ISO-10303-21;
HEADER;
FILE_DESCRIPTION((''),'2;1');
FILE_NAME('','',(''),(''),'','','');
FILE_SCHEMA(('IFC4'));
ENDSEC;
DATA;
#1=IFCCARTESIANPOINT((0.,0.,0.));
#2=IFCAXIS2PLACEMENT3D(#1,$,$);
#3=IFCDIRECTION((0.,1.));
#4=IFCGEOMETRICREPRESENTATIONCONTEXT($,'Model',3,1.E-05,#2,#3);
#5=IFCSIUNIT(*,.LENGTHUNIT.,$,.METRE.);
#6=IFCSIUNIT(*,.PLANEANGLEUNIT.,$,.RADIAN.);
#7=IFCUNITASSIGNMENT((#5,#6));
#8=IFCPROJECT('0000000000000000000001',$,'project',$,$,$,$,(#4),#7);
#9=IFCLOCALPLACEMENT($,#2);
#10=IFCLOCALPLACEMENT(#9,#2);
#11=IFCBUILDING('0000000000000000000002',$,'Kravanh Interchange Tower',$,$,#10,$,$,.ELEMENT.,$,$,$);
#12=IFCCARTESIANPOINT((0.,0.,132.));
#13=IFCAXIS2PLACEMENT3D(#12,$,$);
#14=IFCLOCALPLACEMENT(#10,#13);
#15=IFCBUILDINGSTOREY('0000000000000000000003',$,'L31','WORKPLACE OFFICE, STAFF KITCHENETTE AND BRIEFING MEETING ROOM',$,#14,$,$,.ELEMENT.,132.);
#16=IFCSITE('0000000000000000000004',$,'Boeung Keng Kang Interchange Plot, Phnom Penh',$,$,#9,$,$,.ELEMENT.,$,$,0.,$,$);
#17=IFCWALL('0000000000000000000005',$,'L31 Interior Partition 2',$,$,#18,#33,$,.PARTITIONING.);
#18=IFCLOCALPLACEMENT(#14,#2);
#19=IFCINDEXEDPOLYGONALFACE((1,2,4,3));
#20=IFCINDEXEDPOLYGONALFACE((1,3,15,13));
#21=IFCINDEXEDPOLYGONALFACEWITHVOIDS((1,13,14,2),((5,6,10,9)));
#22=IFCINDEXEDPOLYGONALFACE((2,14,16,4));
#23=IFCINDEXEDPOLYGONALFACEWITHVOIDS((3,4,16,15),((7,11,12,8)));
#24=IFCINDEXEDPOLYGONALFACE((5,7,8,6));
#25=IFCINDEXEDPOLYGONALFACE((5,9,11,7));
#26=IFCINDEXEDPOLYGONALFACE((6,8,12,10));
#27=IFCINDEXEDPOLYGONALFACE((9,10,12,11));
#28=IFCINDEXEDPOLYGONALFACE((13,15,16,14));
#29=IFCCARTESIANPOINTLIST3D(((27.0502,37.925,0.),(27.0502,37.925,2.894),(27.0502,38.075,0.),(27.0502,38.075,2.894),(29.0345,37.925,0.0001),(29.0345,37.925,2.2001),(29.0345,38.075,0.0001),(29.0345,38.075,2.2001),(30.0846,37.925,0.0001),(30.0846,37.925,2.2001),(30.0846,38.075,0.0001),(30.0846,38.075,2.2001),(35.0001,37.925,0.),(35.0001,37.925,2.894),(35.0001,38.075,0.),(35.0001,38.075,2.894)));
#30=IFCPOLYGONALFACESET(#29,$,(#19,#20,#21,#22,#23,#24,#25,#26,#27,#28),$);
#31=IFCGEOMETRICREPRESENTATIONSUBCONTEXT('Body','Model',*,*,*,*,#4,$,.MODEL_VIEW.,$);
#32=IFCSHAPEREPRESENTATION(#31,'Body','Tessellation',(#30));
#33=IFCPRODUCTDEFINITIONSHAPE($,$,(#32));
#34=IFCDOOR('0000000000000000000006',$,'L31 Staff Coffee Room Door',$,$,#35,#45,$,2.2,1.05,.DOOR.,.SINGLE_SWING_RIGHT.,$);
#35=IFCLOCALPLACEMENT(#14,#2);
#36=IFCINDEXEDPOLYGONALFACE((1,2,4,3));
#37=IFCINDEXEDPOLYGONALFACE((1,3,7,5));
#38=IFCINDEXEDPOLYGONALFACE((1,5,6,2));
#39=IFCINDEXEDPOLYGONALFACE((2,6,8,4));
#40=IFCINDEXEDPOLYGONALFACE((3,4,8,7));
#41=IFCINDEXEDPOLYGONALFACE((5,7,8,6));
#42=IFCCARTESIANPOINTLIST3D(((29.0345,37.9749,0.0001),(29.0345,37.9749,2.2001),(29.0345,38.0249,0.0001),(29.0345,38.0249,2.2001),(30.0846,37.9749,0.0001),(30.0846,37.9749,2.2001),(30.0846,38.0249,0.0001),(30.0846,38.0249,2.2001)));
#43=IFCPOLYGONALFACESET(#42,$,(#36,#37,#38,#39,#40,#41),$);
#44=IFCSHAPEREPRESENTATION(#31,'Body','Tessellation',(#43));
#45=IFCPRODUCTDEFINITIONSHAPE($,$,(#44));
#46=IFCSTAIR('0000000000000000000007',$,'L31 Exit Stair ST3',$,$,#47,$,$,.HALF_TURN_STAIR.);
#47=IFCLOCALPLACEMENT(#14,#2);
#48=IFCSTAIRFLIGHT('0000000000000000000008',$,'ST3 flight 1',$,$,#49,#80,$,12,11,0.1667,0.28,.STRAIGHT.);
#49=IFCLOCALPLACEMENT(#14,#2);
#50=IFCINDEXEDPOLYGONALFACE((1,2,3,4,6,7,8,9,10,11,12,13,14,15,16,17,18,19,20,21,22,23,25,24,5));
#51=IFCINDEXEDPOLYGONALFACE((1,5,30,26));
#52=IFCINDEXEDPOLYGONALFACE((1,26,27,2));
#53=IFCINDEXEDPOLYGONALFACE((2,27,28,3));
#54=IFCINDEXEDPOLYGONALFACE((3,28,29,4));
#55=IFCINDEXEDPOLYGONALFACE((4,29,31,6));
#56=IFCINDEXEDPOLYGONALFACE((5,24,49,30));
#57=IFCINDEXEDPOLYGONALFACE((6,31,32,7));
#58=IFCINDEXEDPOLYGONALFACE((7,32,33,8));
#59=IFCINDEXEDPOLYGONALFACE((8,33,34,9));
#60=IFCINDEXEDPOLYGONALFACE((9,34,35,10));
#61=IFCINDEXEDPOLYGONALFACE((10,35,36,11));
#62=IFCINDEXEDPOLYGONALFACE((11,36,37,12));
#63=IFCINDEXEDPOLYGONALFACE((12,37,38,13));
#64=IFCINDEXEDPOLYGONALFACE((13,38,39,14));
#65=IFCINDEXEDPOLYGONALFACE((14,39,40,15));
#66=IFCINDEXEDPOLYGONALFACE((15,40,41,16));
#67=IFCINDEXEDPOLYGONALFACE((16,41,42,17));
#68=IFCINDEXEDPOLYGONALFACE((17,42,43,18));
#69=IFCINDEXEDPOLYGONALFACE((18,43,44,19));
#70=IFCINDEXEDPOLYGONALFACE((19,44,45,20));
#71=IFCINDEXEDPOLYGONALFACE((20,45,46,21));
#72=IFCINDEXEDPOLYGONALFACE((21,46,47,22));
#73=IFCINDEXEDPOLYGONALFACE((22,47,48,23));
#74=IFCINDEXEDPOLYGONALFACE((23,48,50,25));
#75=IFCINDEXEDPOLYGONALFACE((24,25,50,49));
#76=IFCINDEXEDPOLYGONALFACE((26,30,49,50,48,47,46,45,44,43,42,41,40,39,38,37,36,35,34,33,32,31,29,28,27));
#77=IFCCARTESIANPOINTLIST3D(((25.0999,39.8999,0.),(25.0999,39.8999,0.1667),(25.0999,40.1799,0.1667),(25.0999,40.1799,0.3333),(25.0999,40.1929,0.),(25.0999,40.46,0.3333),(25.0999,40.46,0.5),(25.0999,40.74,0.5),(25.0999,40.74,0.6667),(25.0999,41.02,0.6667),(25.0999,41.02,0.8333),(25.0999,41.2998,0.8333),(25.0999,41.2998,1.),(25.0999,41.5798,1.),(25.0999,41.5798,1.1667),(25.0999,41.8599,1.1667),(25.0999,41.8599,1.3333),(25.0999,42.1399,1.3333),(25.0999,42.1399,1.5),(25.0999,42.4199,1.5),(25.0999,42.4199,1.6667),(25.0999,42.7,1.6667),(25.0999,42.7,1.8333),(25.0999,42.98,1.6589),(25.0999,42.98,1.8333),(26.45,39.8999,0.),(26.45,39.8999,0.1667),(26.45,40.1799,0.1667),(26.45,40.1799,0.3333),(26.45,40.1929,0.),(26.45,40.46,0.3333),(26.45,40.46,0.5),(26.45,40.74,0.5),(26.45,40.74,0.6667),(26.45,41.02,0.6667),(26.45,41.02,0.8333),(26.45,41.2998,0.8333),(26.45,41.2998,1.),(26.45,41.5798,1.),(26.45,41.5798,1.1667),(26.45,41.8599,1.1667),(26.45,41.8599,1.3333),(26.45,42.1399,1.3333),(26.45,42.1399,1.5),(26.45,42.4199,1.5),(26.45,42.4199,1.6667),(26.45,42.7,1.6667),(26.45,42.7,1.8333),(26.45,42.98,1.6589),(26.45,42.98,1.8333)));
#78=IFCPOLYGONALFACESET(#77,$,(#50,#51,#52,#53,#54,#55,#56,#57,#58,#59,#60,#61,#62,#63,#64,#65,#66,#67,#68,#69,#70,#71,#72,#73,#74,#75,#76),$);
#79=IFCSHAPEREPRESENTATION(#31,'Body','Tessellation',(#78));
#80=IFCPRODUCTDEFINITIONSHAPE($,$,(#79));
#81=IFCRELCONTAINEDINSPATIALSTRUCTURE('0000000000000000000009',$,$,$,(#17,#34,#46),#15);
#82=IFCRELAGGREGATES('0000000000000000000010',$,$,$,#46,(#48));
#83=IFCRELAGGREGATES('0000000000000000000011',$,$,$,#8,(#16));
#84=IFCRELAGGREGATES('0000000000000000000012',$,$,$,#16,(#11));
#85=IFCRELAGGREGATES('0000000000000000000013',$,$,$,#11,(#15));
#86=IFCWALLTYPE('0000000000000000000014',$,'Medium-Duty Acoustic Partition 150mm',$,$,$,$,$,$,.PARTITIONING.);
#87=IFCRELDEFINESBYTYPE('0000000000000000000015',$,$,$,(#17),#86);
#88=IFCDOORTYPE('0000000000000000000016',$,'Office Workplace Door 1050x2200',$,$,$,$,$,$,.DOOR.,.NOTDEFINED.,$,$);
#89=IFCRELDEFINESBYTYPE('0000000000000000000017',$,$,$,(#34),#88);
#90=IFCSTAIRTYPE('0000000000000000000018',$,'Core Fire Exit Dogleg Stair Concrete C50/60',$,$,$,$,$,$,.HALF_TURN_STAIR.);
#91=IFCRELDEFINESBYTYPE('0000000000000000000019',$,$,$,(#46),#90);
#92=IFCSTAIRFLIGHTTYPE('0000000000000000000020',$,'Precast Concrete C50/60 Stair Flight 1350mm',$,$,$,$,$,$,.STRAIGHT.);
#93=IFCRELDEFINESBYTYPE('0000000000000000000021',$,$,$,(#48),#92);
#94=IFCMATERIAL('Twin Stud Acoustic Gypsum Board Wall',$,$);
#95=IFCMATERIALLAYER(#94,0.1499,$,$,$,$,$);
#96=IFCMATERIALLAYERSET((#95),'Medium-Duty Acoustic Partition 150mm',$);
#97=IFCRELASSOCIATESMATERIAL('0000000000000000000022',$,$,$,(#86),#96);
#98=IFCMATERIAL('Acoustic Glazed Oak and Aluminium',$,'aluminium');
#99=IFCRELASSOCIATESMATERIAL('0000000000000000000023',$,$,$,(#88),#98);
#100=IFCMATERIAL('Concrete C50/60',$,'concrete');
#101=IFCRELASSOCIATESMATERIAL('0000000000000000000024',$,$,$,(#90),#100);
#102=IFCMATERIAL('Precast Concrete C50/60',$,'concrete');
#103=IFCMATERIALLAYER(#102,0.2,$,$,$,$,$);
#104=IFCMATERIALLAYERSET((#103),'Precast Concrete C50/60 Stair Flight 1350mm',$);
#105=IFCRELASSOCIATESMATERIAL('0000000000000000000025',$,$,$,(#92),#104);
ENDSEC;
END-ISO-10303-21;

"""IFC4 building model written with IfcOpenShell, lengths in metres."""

from ifc_helpers import new_model, si_unit, direction, frame, frame_2d, origin, place, context, subcontext, project, spatial, polyline, rectangle, outline, extrude, material, layer, layer_set, type_object, element, fill, aggregate, save


model = new_model("IFC4")

# Units and contexts
model_context = context("Model", 3, precision=1e-05, world=origin(), true_north=direction((0.0, 1.0)))
body_context = subcontext(model_context, "Body", "Model", "MODEL_VIEW")
ifc_project = project(units=[si_unit("LENGTHUNIT", "METRE"), si_unit("PLANEANGLEUNIT", "RADIAN")], contexts=[model_context])

# Site, building, storey
site_placement = place(None, origin())
site = spatial("IfcSite", under=ifc_project, at=site_placement, Name="Boeung Keng Kang Interchange Plot, Phnom Penh", CompositionType="ELEMENT", RefElevation=0.0)
building_placement = place(site_placement, origin())
building = spatial("IfcBuilding", under=site, at=building_placement, Name="Kravanh Interchange Tower", CompositionType="ELEMENT")
storey_placement = place(building_placement, frame((0.0, 0.0, 132.0)))
storey = spatial("IfcBuildingStorey", under=building, at=storey_placement, Name="L31", Description="WORKPLACE OFFICE, STAFF KITCHENETTE AND BRIEFING MEETING ROOM", CompositionType="ELEMENT", Elevation=132.0)

# Wall, opening, door
ifc_material_1 = material(Name="Twin Stud Acoustic Gypsum Board Wall")
ifc_layer_1 = layer(ifc_material_1, 0.1499)
ifc_layer_set_1 = layer_set([ifc_layer_1], Name="Medium-Duty Acoustic Partition 150mm")
wall_type_1 = type_object("IfcWallType", Name="Medium-Duty Acoustic Partition 150mm", PredefinedType="PARTITIONING", material=ifc_layer_set_1)
wall_1_placement = place(storey_placement, frame((27.05, 38.0, 0.0), z_axis=(0.0, 0.0, 1.0), x_axis=(1.0, 0.0, 0.0)))
wall_1 = element("IfcWall", 1, at=wall_1_placement, inside=storey, type_object=wall_type_1, Name="L31 Interior Partition 2", PredefinedType="PARTITIONING", context=body_context, shape_type="SweptSolid", body=[
    extrude(rectangle(XDim=7.95, YDim=0.1499, at=frame_2d((3.9751, 0.0))), origin(), (0.0, 0.0, 1.0), 2.894),
])
opening_1_placement = place(wall_1_placement, frame((1.9846, 0.0, 0.0)))
opening_1 = element("IfcOpeningElement", 2, at=opening_1_placement, cuts=wall_1, PredefinedType="OPENING", context=body_context, shape_type="SweptSolid", body=[
    extrude(rectangle(XDim=1.05, YDim=2.2, at=frame_2d((0.5249, 1.1001))), frame((0.0, 0.085, 0.0), z_axis=(0.0, -1.0, 0.0), x_axis=(1.0, 0.0, 0.0)), (0.0, 0.0, 1.0), 0.1699),
])
ifc_material_2 = material(Name="Acoustic Glazed Oak and Aluminium", Category="aluminium")
door_type_1 = type_object("IfcDoorType", Name="Office Workplace Door 1050x2200", OperationType="NOTDEFINED", PredefinedType="DOOR", material=ifc_material_2)
door_1_placement = place(opening_1_placement, origin())
door_1 = element("IfcDoor", 3, at=door_1_placement, inside=storey, type_object=door_type_1, Name="L31 Staff Coffee Room Door", OperationType="SINGLE_SWING_RIGHT", OverallHeight=2.2, OverallWidth=1.05, PredefinedType="DOOR", context=body_context, shape_type="SweptSolid", body=[
    extrude(rectangle(XDim=1.05, YDim=2.2, at=frame_2d((0.5249, 1.1001))), frame((0.0, 0.0249, 0.0), z_axis=(0.0, -1.0, 0.0), x_axis=(1.0, 0.0, 0.0)), (0.0, 0.0, 1.0), 0.05),
])
fill(opening_1, door_1)

# Stair, stair flight
ifc_material_3 = material(Name="Concrete C50/60", Category="concrete")
stair_type = type_object("IfcStairType", Name="Core Fire Exit Dogleg Stair Concrete C50/60", PredefinedType="HALF_TURN_STAIR", material=ifc_material_3)
stair_placement = place(storey_placement, origin())
stair = element("IfcStair", 4, at=stair_placement, inside=storey, type_object=stair_type, Name="L31 Exit Stair ST3", PredefinedType="HALF_TURN_STAIR")
ifc_material_4 = material(Name="Precast Concrete C50/60", Category="concrete")
ifc_layer_2 = layer(ifc_material_4, 0.2)
ifc_layer_set_2 = layer_set([ifc_layer_2], Name="Precast Concrete C50/60 Stair Flight 1350mm")
stair_flight_type = type_object("IfcStairFlightType", Name="Precast Concrete C50/60 Stair Flight 1350mm", PredefinedType="STRAIGHT", material=ifc_layer_set_2)
stair_flight_placement = place(storey_placement, frame((25.7749, 39.8999, 0.0), z_axis=(0.0, 0.0, 1.0), x_axis=(0.0, 1.0, 0.0)))
stair_flight = element("IfcStairFlight", 5, at=stair_flight_placement, type_object=stair_flight_type, Name="ST3 flight 1", NumberOfRisers=12, NumberOfTreads=11, PredefinedType="STRAIGHT", RiserHeight=0.1667, TreadLength=0.28, context=body_context, shape_type="SweptSolid", body=[
    extrude(outline(polyline([(0.0, 0.0), (0.0, 0.1667), (0.28, 0.1667), (0.28, 0.3333), (0.5601, 0.3333), (0.5601, 0.5), (0.8401, 0.5), (0.8401, 0.6667), (1.1201, 0.6667), (1.1201, 0.8333), (1.3999, 0.8333), (1.3999, 1.0), (1.6799, 1.0), (1.6799, 1.1667), (1.96, 1.1667), (1.96, 1.3333), (2.24, 1.3333), (2.24, 1.5), (2.52, 1.5), (2.52, 1.6667), (2.8, 1.6667), (2.8, 1.8333), (3.0801, 1.8333), (3.0801, 2.0), (3.0801, 1.6589), (0.293, 0.0), (0.0, 0.0)])), frame((0.0, 0.675, 0.0), z_axis=(0.0, -1.0, 0.0), x_axis=(1.0, 0.0, 0.0)), (0.0, 0.0, 1.0), 1.3501),
])
aggregate(stair, [stair_flight])

save(model, "model.ifc")
